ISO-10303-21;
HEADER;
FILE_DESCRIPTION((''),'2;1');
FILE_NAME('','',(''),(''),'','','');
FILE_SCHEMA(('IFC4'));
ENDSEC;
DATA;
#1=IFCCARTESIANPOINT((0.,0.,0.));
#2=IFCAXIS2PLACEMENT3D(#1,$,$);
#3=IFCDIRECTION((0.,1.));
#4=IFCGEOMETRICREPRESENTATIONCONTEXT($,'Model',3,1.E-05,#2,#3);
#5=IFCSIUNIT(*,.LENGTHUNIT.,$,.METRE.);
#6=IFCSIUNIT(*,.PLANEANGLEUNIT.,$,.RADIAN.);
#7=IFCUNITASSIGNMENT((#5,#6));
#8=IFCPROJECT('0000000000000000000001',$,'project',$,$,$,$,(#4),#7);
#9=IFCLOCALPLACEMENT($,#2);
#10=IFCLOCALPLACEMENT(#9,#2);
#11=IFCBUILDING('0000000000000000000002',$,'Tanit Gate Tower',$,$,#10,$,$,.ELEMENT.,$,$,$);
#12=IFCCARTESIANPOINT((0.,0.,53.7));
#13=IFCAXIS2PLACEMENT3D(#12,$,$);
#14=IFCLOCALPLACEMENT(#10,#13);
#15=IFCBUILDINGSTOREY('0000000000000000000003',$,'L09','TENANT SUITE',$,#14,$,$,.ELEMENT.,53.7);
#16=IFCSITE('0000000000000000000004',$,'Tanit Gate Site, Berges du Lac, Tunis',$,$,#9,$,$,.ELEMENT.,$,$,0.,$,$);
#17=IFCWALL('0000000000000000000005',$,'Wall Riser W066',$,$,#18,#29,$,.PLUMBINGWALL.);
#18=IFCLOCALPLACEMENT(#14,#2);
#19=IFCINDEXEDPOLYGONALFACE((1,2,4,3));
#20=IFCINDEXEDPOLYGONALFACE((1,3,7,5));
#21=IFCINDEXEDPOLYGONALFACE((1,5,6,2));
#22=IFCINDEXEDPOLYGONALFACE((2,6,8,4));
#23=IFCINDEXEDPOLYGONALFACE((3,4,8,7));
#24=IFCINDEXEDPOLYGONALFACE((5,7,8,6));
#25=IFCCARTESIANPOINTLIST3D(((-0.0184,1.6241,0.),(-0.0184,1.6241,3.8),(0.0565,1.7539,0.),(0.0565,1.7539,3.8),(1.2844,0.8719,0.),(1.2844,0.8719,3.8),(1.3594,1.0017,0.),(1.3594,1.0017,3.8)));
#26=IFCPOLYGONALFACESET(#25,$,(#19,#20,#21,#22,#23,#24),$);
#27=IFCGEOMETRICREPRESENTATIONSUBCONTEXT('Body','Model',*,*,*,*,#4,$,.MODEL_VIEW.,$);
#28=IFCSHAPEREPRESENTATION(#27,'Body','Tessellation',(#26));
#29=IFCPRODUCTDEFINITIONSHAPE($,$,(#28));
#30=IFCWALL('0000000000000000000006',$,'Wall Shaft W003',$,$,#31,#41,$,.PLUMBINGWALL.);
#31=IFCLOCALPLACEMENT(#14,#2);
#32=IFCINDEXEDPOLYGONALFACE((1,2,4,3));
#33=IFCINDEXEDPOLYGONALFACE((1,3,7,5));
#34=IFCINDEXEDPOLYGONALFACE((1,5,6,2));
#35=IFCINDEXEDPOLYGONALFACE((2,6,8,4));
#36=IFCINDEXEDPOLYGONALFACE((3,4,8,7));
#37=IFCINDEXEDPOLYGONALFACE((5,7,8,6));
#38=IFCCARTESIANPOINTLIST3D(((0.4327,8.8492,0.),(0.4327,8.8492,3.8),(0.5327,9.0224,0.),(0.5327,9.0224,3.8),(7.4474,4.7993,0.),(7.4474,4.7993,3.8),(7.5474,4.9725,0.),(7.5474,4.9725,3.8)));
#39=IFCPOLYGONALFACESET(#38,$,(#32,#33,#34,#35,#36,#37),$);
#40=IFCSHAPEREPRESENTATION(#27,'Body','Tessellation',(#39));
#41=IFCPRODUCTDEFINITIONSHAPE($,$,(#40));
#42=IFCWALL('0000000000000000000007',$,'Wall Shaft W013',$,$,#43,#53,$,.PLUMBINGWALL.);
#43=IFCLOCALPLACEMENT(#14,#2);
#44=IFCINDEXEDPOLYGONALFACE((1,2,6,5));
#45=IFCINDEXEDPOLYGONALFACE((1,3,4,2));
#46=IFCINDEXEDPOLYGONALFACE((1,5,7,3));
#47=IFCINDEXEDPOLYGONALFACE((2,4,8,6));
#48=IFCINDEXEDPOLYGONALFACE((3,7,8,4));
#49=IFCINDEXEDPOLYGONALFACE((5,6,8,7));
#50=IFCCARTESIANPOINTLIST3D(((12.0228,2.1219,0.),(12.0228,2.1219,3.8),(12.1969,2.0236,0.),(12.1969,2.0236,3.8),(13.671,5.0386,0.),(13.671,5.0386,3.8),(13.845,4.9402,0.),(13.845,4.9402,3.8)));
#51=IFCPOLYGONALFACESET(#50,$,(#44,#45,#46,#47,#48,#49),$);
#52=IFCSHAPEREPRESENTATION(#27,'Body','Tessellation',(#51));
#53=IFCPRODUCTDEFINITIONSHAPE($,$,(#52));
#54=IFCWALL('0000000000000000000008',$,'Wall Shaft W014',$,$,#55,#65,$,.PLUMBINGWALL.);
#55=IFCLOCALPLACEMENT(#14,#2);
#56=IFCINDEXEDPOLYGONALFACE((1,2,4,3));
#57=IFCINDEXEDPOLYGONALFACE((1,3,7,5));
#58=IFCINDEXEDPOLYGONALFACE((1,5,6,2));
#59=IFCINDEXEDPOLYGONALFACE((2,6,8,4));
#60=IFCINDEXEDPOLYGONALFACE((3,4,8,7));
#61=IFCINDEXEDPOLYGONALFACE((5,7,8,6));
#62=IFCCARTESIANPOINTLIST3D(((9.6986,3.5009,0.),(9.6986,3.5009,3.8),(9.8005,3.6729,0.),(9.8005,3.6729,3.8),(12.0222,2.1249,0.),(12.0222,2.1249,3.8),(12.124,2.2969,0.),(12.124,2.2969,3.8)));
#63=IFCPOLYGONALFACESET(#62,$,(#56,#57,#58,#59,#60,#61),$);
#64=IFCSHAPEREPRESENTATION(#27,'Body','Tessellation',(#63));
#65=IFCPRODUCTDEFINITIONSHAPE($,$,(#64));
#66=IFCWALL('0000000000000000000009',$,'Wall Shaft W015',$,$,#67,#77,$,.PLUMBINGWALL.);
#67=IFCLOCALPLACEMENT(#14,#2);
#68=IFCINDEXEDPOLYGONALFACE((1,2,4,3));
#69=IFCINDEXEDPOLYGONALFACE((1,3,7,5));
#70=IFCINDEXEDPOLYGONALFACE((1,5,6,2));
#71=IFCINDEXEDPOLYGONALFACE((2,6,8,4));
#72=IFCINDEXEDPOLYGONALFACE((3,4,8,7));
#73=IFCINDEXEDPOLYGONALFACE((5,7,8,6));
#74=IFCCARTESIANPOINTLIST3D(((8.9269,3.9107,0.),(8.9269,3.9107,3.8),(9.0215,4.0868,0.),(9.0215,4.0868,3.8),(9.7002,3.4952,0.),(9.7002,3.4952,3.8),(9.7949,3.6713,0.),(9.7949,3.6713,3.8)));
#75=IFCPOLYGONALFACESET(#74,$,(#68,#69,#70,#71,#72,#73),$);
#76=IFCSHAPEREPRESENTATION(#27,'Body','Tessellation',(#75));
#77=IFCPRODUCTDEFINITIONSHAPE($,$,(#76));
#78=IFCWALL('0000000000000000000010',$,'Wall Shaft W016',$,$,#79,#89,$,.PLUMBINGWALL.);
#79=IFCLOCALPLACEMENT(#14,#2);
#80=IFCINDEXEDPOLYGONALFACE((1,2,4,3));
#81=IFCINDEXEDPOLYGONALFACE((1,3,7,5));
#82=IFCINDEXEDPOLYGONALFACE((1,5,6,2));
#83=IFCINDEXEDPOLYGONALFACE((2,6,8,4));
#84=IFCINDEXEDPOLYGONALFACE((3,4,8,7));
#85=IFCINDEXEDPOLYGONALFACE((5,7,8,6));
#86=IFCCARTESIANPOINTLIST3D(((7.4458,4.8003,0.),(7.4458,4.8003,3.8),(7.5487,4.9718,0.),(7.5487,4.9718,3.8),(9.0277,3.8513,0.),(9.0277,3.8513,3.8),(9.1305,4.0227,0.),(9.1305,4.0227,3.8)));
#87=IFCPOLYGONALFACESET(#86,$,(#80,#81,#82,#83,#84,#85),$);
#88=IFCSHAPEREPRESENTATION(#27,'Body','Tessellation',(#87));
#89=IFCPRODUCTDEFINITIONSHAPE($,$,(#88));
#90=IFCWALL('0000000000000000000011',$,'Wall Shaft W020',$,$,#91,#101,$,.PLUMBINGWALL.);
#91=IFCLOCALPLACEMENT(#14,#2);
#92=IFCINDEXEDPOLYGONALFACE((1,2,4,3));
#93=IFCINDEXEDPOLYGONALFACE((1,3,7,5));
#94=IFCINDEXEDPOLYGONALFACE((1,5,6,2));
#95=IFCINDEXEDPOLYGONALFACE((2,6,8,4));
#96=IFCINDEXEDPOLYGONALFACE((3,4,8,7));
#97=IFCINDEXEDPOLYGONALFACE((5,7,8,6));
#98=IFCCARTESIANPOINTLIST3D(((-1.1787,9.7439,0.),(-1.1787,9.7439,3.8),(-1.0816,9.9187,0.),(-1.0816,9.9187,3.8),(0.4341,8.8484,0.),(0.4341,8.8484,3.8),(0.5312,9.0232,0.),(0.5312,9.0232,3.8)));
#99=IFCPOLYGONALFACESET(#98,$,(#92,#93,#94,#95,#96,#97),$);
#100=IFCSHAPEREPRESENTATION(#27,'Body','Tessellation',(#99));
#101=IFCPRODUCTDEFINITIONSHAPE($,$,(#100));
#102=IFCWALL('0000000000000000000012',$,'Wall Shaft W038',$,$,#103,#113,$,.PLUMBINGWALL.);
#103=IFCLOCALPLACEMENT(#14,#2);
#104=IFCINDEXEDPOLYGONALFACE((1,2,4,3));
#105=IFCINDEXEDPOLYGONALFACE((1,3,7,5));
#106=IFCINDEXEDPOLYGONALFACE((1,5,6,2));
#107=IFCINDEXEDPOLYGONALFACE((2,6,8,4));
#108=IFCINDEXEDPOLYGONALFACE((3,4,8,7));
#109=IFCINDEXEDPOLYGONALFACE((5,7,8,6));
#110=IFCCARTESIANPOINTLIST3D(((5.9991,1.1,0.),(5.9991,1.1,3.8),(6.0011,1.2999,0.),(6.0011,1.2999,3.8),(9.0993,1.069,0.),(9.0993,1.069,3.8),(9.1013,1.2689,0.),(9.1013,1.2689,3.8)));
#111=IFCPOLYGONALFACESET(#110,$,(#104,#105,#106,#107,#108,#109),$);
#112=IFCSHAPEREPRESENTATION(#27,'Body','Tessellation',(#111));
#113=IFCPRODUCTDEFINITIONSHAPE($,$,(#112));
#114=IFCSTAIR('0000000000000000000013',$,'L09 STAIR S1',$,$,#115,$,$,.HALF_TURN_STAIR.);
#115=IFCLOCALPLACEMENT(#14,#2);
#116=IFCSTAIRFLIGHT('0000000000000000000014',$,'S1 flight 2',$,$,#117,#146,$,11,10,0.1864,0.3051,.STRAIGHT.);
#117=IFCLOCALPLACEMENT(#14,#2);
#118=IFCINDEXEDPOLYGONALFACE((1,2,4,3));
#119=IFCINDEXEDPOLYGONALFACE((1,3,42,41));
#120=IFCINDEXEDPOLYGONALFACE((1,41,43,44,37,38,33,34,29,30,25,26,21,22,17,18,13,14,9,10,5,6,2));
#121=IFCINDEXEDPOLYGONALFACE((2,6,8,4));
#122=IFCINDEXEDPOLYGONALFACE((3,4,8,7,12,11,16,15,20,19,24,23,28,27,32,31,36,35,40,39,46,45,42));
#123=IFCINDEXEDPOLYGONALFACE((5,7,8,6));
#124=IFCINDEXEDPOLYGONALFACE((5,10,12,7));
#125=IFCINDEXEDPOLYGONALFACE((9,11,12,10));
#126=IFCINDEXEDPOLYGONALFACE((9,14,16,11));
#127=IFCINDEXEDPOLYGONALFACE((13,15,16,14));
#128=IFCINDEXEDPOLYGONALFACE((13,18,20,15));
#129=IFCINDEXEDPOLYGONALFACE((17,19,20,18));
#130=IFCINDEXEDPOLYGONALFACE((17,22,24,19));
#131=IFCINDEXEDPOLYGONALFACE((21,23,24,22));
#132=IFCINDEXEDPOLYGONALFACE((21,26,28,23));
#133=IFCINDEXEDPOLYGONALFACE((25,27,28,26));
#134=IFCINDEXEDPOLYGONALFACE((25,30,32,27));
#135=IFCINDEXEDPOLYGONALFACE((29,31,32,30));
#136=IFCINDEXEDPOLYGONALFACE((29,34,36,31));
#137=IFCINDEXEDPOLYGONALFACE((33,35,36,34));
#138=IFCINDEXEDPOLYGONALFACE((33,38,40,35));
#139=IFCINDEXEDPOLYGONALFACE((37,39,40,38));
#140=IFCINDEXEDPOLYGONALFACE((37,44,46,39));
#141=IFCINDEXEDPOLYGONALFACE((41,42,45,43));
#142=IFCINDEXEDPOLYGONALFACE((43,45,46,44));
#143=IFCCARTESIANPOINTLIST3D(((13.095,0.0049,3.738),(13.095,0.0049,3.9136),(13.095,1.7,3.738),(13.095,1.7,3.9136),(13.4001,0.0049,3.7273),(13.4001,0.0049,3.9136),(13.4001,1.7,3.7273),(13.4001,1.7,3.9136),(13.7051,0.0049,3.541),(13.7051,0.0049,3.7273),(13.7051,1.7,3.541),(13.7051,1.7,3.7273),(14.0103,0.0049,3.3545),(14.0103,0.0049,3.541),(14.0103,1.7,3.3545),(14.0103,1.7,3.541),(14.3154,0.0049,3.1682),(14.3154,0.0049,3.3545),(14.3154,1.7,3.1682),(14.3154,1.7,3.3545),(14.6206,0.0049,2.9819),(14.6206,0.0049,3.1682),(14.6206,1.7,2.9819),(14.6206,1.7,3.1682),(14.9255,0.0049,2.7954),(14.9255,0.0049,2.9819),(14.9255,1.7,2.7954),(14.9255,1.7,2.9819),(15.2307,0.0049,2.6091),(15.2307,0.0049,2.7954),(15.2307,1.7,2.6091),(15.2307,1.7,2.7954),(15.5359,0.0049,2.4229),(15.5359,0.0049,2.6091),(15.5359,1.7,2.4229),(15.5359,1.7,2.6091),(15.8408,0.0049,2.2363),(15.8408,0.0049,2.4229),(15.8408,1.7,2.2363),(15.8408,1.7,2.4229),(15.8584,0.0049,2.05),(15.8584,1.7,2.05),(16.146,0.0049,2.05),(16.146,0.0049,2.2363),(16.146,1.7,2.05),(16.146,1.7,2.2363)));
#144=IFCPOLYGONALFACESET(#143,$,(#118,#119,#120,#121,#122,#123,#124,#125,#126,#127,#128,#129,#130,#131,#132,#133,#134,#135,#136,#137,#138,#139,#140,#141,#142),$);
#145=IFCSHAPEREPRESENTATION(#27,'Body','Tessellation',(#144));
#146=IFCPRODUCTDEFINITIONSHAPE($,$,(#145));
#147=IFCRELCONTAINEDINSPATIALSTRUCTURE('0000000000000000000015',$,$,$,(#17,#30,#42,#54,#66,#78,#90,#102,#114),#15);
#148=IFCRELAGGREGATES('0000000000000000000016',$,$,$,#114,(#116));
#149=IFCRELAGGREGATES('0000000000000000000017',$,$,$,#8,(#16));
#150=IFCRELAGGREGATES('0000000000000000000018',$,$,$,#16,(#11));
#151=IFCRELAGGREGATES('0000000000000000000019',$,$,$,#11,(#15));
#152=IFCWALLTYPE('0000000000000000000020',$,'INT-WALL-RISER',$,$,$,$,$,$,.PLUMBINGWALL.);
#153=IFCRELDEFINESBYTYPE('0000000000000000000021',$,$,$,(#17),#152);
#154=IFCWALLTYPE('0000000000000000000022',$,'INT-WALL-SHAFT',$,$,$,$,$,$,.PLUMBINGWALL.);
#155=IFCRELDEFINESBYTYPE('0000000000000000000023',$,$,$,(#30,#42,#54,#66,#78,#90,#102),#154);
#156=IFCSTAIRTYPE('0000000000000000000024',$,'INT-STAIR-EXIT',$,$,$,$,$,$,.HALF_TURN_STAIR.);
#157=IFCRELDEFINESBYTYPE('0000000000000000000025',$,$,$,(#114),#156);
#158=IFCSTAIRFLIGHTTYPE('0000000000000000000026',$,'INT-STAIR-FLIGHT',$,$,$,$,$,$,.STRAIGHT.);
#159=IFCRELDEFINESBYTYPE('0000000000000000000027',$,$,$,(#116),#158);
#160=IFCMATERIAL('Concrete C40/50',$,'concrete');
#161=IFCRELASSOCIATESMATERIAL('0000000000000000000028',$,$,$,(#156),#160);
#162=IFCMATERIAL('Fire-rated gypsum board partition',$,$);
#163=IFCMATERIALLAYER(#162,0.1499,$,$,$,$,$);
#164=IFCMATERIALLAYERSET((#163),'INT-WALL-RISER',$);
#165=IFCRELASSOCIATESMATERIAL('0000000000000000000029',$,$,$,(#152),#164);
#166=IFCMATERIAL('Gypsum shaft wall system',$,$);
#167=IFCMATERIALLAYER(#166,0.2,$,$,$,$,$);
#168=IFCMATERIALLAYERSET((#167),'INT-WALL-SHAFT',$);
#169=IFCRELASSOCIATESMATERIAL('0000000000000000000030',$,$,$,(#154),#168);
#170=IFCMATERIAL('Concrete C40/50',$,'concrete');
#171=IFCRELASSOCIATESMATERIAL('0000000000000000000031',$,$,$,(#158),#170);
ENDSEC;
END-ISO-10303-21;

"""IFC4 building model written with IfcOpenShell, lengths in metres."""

from ifc_helpers import new_model, si_unit, direction, frame, frame_2d, origin, place, context, subcontext, project, spatial, polyline, rectangle, outline, extrude, material, layer, layer_set, type_object, element, aggregate, save


model = new_model("IFC4")

# Units and contexts
model_context = context("Model", 3, precision=1e-05, world=origin(), true_north=direction((0.0, 1.0)))
body_context = subcontext(model_context, "Body", "Model", "MODEL_VIEW")
ifc_project = project(units=[si_unit("LENGTHUNIT", "METRE"), si_unit("PLANEANGLEUNIT", "RADIAN")], contexts=[model_context])

# Site, building, storey
site_placement = place(None, origin())
site = spatial("IfcSite", under=ifc_project, at=site_placement, Name="Tanit Gate Site, Berges du Lac, Tunis", CompositionType="ELEMENT", RefElevation=0.0)
building_placement = place(site_placement, origin())
building = spatial("IfcBuilding", under=site, at=building_placement, Name="Tanit Gate Tower", CompositionType="ELEMENT")
storey_placement = place(building_placement, frame((0.0, 0.0, 53.7)))
storey = spatial("IfcBuildingStorey", under=building, at=storey_placement, Name="L09", Description="TENANT SUITE", CompositionType="ELEMENT", Elevation=53.7)

# Shared definitions
ifc_material_1 = material(Name="Concrete C40/50", Category="concrete")
stair_type = type_object("IfcStairType", Name="INT-STAIR-EXIT", PredefinedType="HALF_TURN_STAIR", material=ifc_material_1)

# Shared definitions
ifc_material_2 = material(Name="Fire-rated gypsum board partition")
ifc_layer_1 = layer(ifc_material_2, 0.1499)
ifc_layer_set_1 = layer_set([ifc_layer_1], Name="INT-WALL-RISER")
wall_type_1 = type_object("IfcWallType", Name="INT-WALL-RISER", PredefinedType="PLUMBINGWALL", material=ifc_layer_set_1)

# Walls
wall_1_placement = place(storey_placement, frame((0.019, 1.689, 0.0), z_axis=(0.0, 0.0, 1.0), x_axis=(0.866048, -0.499961, 0.0)))
element("IfcWall", 1, at=wall_1_placement, inside=storey, type_object=wall_type_1, Name="Wall Riser W066", PredefinedType="PLUMBINGWALL", context=body_context, shape_type="SweptSolid", body=[
    extrude(rectangle(XDim=1.5044, YDim=0.1499, at=frame_2d((0.7522, 0.0))), origin(), (0.0, 0.0, 1.0), 3.8),
])
ifc_material_3 = material(Name="Gypsum shaft wall system")
ifc_layer_2 = layer(ifc_material_3, 0.2)
ifc_layer_set_2 = layer_set([ifc_layer_2], Name="INT-WALL-SHAFT")
wall_type_2 = type_object("IfcWallType", Name="INT-WALL-SHAFT", PredefinedType="PLUMBINGWALL", material=ifc_layer_set_2)
wall_2_placement = place(storey_placement, frame((7.4973, 4.886, 0.0), z_axis=(0.0, 0.0, 1.0), x_axis=(-0.866031, 0.49999, 0.0)))
element("IfcWall", 2, at=wall_2_placement, inside=storey, type_object=wall_type_2, Name="Wall Shaft W003", PredefinedType="PLUMBINGWALL", context=body_context, shape_type="SweptSolid", body=[
    extrude(rectangle(XDim=8.0999, YDim=0.2, at=frame_2d((4.0498, 0.0))), origin(), (0.0, 0.0, 1.0), 3.8),
])
wall_3_placement = place(storey_placement, frame((12.1099, 2.0728, 0.0), z_axis=(0.0, 0.0, 1.0), x_axis=(0.491966, 0.870614, 0.0)))
element("IfcWall", 3, at=wall_3_placement, inside=storey, type_object=wall_type_2, Name="Wall Shaft W013", PredefinedType="PLUMBINGWALL", context=body_context, shape_type="SweptSolid", body=[
    extrude(rectangle(XDim=3.3501, YDim=0.2, at=frame_2d((1.675, 0.0))), origin(), (0.0, 0.0, 1.0), 3.8),
])
wall_4_placement = place(storey_placement, frame((12.073, 2.2109, 0.0), z_axis=(0.0, 0.0, 1.0), x_axis=(-0.860438, 0.509555, 0.0)))
element("IfcWall", 4, at=wall_4_placement, inside=storey, type_object=wall_type_2, Name="Wall Shaft W014", PredefinedType="PLUMBINGWALL", context=body_context, shape_type="SweptSolid", body=[
    extrude(rectangle(XDim=2.7004, YDim=0.2, at=frame_2d((1.3501, 0.0))), origin(), (0.0, 0.0, 1.0), 3.8),
])
wall_5_placement = place(storey_placement, frame((9.7476, 3.5833, 0.0), z_axis=(0.0, 0.0, 1.0), x_axis=(-0.880917, 0.473271, 0.0)))
element("IfcWall", 5, at=wall_5_placement, inside=storey, type_object=wall_type_2, Name="Wall Shaft W015", PredefinedType="PLUMBINGWALL", context=body_context, shape_type="SweptSolid", body=[
    extrude(rectangle(XDim=0.8779, YDim=0.2, at=frame_2d((0.439, 0.0))), origin(), (0.0, 0.0, 1.0), 3.8),
])
for number, where, z_axis, x_axis, name in (
    (6, (9.0791, 3.937, 0.0), (0.0, 0.0, 1.0), (-0.857516, 0.514457, 0.0), "Wall Shaft W016"),
    (7, (0.4827, 8.9358, 0.0), (0.0, 0.0, 1.0), (-0.87427, 0.485441, 0.0), "Wall Shaft W020"),
):
    element("IfcWall", number, at=place(storey_placement, frame(where, z_axis=z_axis, x_axis=x_axis)), inside=storey, type_object=wall_type_2, Name=name, PredefinedType="PLUMBINGWALL", context=body_context, shape_type="SweptSolid", body=[
        extrude(rectangle(XDim=1.8447, YDim=0.2, at=frame_2d((0.9224, 0.0))), origin(), (0.0, 0.0, 1.0), 3.8),
    ])

# Wall
wall_6_placement = place(storey_placement, frame((6.0, 1.2, 0.0), z_axis=(0.0, 0.0, 1.0), x_axis=(0.99995, -0.010001, 0.0)))
element("IfcWall", 8, at=wall_6_placement, inside=storey, type_object=wall_type_2, Name="Wall Shaft W038", PredefinedType="PLUMBINGWALL", context=body_context, shape_type="SweptSolid", body=[
    extrude(rectangle(XDim=3.1003, YDim=0.2, at=frame_2d((1.5503, 0.0))), origin(), (0.0, 0.0, 1.0), 3.8),
])

# Stair, stair flight
stair_1_placement = place(storey_placement, origin())
stair_1 = element("IfcStair", 9, at=stair_1_placement, inside=storey, type_object=stair_type, Name="L09 STAIR S1", PredefinedType="HALF_TURN_STAIR")
ifc_material_4 = material(Name="Concrete C40/50", Category="concrete")
stair_flight_type = type_object("IfcStairFlightType", Name="INT-STAIR-FLIGHT", PredefinedType="STRAIGHT", material=ifc_material_4)
stair_flight_placement = place(storey_placement, frame((16.146, 0.8525, 2.05), z_axis=(0.0, 0.0, 1.0), x_axis=(-1.0, 0.0, 0.0)))
stair_flight = element("IfcStairFlight", 10, at=stair_flight_placement, type_object=stair_flight_type, Name="S1 flight 2", NumberOfRisers=11, NumberOfTreads=10, PredefinedType="STRAIGHT", RiserHeight=0.1864, TreadLength=0.3051, context=body_context, shape_type="SweptSolid", body=[
    extrude(outline(polyline([(0.0, 0.0), (0.0, 0.1863), (0.3052, 0.1863), (0.3052, 0.3728), (0.6101, 0.3728), (0.6101, 0.5591), (0.9153, 0.5591), (0.9153, 0.7454), (1.2205, 0.7454), (1.2205, 0.9319), (1.5254, 0.9319), (1.5254, 1.1182), (1.8306, 1.1182), (1.8306, 1.3044), (2.1357, 1.3044), (2.1357, 1.491), (2.4409, 1.491), (2.4409, 1.6772), (2.7458, 1.6772), (2.7458, 1.8635), (3.051, 1.8635), (3.051, 2.05), (3.051, 1.688), (0.2876, 0.0), (0.0, 0.0)])), frame((0.0, 0.8477, 0.0), z_axis=(0.0, -1.0, 0.0), x_axis=(1.0, 0.0, 0.0)), (0.0, 0.0, 1.0), 1.6951),
])
aggregate(stair_1, [stair_flight])

save(model, "model.ifc")
